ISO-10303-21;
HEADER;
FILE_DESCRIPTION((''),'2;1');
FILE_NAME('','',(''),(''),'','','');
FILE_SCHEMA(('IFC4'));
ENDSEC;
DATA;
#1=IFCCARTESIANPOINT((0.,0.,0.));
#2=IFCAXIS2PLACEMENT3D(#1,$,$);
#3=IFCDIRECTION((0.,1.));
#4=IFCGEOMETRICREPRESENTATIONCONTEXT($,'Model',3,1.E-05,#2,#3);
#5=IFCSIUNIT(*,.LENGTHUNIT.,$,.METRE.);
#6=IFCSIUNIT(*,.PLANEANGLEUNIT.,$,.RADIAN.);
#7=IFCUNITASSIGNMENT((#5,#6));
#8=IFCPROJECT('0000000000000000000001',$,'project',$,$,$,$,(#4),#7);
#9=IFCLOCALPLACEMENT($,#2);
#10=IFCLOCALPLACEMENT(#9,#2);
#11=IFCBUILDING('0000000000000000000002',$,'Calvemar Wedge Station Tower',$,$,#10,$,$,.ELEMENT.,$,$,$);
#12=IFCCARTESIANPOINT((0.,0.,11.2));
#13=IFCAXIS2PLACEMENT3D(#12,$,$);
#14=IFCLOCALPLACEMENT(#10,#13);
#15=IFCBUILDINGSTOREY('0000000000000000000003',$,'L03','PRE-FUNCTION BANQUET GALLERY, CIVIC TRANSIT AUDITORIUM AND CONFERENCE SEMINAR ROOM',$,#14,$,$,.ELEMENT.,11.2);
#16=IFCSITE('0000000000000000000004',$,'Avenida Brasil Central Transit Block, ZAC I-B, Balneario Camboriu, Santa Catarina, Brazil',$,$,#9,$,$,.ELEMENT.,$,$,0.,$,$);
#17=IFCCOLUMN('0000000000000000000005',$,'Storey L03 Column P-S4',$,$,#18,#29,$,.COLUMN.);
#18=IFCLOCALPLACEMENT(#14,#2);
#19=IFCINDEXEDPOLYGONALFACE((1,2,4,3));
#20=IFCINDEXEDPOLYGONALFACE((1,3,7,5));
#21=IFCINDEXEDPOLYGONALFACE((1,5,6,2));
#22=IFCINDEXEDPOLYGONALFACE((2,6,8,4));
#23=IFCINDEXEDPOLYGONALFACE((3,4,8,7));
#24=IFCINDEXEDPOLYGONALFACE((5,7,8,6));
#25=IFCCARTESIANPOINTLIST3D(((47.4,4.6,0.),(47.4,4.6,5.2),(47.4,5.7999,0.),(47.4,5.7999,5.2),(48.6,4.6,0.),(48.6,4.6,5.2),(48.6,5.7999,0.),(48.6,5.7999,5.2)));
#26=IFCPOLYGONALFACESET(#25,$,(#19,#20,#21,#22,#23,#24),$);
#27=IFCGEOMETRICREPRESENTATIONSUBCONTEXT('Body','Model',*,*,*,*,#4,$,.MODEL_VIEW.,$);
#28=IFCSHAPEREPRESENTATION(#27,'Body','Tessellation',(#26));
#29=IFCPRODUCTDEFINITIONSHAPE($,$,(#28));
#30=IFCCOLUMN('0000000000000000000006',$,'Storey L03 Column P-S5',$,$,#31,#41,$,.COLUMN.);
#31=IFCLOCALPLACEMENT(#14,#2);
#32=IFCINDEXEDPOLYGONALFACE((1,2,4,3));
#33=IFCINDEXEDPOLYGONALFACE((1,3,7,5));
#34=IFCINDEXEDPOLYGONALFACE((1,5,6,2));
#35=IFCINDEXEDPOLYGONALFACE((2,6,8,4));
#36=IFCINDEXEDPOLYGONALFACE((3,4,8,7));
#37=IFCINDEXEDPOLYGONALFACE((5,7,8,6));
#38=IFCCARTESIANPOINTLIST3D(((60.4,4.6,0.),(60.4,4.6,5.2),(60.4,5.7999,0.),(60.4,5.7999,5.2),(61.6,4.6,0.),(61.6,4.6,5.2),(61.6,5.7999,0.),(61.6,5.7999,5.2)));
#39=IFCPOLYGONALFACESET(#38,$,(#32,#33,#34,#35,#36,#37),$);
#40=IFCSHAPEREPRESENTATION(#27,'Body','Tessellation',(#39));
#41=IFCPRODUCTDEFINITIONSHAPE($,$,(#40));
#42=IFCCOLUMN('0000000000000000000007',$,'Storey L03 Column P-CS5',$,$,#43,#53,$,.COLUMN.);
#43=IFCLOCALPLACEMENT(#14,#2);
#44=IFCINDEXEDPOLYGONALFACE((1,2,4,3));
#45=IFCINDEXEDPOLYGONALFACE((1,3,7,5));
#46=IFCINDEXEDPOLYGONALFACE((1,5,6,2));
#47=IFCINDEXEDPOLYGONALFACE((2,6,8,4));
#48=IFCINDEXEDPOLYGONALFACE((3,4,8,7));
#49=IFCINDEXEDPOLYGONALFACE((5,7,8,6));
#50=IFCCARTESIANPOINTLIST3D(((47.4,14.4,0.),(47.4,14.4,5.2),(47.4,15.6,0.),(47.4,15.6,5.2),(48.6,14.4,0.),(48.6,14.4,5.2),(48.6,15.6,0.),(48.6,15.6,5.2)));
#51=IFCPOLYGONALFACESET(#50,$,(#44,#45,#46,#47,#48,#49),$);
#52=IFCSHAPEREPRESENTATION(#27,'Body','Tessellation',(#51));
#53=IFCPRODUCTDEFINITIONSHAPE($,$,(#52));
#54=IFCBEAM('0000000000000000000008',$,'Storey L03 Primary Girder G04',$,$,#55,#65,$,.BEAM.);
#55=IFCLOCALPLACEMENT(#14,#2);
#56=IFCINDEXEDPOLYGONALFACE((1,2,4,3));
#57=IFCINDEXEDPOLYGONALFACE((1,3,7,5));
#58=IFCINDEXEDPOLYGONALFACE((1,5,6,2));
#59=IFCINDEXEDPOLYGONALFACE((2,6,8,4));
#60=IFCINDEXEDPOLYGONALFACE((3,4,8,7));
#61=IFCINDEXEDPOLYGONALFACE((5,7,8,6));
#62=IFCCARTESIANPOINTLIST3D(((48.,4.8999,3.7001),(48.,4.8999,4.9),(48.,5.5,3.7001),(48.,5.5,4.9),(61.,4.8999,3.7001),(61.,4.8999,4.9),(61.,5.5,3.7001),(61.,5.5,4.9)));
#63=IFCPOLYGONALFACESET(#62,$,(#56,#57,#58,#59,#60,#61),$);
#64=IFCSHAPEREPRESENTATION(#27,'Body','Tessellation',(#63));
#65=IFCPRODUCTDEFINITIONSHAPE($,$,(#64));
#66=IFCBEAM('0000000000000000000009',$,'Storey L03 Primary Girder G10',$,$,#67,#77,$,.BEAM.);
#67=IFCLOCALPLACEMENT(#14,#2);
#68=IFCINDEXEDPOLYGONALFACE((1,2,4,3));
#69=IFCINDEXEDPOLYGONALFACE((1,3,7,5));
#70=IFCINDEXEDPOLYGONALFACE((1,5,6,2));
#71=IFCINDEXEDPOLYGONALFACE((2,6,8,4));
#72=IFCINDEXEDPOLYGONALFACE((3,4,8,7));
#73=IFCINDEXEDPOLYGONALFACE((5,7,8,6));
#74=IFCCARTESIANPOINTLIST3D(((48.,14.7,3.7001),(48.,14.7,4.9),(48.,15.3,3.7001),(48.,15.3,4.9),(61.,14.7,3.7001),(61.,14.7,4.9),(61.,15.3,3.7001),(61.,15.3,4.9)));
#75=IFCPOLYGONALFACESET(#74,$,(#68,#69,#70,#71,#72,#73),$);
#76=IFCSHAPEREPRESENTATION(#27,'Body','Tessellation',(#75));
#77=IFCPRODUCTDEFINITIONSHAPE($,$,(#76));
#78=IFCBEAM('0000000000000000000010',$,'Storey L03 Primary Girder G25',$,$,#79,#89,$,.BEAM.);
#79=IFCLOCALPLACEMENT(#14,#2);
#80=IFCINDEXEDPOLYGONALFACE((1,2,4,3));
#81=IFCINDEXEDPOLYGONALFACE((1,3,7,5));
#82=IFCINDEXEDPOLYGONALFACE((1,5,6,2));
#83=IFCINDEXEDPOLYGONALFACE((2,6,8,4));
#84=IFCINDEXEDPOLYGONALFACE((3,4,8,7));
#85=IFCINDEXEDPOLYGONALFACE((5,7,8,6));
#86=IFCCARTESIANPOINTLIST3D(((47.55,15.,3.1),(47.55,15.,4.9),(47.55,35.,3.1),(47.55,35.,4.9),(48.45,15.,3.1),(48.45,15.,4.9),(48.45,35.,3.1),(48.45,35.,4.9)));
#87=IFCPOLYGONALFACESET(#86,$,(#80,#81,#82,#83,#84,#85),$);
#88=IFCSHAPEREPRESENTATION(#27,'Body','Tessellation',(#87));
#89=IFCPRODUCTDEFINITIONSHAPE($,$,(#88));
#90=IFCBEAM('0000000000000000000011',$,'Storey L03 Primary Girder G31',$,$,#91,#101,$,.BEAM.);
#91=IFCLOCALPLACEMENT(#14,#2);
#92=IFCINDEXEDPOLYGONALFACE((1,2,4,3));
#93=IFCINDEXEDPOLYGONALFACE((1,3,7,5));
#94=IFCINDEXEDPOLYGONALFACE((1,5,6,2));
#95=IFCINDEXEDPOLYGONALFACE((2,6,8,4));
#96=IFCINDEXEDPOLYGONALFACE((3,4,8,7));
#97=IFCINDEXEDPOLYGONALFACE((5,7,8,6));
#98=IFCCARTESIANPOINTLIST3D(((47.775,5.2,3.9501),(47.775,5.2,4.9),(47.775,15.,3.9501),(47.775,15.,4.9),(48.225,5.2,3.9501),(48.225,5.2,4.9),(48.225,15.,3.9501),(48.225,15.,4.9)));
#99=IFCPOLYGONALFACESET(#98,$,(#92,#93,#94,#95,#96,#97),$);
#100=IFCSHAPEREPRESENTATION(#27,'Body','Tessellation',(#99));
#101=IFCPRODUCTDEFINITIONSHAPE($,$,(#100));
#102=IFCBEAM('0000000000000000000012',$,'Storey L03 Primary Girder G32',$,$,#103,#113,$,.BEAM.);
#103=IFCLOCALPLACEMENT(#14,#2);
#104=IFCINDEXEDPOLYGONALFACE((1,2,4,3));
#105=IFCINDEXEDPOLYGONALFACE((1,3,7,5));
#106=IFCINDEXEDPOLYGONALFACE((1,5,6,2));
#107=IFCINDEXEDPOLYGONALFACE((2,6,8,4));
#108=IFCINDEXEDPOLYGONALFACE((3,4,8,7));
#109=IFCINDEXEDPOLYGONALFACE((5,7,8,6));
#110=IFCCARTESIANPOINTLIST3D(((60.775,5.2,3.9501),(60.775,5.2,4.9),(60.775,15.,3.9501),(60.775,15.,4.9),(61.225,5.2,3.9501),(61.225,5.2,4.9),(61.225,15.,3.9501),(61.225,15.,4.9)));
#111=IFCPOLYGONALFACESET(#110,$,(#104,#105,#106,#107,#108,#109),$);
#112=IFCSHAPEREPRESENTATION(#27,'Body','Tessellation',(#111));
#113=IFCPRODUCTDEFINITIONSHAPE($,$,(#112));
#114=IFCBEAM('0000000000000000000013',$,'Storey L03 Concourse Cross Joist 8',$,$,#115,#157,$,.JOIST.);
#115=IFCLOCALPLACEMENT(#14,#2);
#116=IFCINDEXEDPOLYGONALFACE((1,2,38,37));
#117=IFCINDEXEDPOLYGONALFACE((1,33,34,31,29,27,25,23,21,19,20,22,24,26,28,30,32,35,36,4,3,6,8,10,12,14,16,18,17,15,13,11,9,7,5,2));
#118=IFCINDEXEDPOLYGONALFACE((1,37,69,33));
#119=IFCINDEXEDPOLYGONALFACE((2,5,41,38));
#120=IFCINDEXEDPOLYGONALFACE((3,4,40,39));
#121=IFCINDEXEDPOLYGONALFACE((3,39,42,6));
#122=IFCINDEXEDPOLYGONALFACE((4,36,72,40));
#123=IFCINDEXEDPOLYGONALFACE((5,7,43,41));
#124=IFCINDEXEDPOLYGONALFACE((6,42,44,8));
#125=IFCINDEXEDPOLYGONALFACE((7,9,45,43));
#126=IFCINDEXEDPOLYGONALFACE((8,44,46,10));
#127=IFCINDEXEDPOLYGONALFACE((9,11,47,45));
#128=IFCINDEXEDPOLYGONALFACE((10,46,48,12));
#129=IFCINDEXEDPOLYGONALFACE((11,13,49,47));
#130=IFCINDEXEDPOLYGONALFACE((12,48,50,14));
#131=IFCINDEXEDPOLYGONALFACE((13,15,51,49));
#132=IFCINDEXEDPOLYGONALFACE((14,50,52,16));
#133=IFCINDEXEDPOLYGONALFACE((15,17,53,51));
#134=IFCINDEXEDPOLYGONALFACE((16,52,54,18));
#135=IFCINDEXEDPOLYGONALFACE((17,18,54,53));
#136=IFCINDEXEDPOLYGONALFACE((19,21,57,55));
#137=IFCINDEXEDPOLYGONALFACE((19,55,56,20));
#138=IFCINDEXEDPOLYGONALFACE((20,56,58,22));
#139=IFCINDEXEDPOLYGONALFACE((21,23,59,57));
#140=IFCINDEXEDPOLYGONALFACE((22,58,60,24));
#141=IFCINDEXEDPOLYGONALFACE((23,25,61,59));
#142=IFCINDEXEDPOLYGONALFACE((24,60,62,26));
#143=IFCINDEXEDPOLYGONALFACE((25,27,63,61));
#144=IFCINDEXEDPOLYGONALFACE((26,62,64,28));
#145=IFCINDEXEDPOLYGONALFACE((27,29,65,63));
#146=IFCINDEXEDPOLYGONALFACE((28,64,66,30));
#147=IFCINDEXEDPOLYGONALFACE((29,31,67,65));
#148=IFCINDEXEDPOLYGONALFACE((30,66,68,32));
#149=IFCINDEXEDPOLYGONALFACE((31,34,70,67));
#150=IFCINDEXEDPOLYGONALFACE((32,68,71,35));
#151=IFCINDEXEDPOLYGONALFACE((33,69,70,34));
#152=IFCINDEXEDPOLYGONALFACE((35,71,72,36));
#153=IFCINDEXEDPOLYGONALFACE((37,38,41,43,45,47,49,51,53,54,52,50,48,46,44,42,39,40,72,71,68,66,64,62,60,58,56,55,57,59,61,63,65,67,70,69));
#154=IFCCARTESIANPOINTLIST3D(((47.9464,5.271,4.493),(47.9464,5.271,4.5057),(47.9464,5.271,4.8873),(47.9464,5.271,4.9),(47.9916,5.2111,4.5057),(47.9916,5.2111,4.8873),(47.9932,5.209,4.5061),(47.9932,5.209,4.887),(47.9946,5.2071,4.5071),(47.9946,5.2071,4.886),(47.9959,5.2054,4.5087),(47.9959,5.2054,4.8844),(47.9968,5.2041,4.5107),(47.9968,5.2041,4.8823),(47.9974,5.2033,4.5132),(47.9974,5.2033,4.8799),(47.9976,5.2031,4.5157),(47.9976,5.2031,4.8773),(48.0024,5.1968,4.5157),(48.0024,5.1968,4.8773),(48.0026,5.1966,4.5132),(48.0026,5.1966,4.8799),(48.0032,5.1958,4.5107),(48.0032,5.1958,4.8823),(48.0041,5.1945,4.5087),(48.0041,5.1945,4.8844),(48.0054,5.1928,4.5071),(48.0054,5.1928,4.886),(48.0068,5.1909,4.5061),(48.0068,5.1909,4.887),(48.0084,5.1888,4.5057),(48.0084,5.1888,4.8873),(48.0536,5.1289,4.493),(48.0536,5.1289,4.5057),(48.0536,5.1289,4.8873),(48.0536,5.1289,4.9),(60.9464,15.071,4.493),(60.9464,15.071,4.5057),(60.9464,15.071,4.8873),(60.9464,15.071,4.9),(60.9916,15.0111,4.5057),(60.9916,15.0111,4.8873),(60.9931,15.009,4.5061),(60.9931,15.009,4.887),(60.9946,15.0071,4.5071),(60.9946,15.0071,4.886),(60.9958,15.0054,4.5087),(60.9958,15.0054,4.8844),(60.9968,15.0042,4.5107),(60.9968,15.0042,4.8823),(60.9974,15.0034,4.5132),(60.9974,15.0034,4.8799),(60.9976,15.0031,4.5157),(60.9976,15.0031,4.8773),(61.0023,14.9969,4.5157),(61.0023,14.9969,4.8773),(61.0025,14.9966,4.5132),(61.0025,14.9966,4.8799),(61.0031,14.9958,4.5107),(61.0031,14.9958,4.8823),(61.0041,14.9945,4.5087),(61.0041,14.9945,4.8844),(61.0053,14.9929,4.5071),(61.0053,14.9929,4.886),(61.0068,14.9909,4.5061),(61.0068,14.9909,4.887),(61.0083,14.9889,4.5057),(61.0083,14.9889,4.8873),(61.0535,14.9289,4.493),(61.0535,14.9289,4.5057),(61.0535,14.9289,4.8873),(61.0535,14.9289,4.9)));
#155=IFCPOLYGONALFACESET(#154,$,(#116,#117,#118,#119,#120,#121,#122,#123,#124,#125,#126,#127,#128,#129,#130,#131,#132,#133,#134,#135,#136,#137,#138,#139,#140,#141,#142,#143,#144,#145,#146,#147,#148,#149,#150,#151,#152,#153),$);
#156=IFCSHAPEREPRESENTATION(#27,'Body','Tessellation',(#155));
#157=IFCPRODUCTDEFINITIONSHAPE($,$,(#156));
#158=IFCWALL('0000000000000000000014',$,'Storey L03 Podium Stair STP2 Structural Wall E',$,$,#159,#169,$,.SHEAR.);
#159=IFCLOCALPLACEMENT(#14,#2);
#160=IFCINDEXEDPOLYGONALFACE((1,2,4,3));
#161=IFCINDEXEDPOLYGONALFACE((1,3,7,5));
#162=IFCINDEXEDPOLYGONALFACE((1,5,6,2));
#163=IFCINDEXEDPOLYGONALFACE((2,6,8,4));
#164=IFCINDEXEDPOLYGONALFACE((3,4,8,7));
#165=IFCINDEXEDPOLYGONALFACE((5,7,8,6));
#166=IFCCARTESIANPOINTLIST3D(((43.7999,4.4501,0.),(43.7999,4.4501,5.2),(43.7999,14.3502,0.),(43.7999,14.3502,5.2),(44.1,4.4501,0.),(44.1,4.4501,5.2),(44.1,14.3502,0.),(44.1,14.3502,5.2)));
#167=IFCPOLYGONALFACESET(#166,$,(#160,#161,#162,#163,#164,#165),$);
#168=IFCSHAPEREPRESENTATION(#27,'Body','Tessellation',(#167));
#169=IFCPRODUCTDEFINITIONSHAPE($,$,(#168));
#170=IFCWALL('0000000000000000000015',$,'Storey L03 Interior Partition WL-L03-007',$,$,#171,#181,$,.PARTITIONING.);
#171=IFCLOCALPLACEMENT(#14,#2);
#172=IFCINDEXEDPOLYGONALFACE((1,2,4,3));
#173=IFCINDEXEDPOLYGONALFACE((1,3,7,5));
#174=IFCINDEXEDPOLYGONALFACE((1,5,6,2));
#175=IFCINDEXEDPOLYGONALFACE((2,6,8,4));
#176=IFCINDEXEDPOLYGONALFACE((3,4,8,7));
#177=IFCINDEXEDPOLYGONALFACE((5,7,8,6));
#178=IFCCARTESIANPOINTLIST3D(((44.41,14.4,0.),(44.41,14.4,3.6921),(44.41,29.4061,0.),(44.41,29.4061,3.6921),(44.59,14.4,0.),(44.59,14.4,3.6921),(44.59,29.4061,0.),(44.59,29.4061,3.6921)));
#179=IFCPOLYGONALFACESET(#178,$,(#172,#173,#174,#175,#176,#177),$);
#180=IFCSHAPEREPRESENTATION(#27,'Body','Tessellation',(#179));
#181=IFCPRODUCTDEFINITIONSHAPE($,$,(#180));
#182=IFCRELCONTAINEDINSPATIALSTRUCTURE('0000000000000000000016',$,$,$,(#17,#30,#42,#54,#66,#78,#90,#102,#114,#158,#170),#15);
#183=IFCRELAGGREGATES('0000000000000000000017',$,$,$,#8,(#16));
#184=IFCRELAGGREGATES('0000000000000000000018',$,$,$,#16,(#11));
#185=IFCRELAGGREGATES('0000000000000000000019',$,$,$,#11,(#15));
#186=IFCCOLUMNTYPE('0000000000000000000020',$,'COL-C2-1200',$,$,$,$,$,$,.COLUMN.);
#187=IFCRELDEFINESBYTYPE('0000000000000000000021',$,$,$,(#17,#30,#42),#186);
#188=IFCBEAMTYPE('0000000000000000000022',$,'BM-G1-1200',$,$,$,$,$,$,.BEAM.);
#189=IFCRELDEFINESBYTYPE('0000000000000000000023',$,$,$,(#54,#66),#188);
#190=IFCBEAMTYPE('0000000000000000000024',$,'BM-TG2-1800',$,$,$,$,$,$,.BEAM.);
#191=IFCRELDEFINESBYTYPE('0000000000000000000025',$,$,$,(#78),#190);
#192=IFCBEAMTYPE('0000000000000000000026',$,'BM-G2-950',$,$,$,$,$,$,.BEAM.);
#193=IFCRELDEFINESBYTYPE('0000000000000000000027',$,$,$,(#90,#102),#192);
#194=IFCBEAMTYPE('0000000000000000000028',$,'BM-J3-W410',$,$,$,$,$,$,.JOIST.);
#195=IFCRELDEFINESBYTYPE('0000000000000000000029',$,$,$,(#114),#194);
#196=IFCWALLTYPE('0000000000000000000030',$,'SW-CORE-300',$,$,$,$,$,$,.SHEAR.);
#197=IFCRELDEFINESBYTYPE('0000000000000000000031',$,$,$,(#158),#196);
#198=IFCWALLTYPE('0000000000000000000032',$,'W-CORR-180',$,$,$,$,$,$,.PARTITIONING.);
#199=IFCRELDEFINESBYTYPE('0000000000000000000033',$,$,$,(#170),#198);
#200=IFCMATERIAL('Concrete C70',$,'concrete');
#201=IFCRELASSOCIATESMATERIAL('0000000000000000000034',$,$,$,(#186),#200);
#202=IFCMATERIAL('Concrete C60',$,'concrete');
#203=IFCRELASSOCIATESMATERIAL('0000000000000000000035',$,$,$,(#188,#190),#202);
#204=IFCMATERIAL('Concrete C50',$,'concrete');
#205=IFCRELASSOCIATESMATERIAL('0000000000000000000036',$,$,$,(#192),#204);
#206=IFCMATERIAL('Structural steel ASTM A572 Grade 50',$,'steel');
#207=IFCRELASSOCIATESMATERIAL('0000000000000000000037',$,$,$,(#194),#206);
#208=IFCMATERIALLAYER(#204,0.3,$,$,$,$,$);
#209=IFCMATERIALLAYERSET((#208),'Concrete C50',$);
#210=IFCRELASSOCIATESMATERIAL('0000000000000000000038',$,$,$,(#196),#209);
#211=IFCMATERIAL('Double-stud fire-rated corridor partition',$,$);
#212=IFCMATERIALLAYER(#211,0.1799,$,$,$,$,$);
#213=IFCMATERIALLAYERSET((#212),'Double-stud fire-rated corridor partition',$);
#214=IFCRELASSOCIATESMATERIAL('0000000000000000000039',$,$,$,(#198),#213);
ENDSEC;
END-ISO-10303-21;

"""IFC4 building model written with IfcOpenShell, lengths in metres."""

from ifc_helpers import new_model, si_unit, direction, frame, frame_2d, origin, origin_2d, place, context, subcontext, project, spatial, rectangle, i_section, extrude, source, transform, mapped, material, layer, layer_set, material_profile, profile_set, type_object, element, save


model = new_model("IFC4")

# Units and contexts
model_context = context("Model", 3, precision=1e-05, world=origin(), true_north=direction((0.0, 1.0)))
body_context = subcontext(model_context, "Body", "Model", "MODEL_VIEW")
ifc_project = project(units=[si_unit("LENGTHUNIT", "METRE"), si_unit("PLANEANGLEUNIT", "RADIAN")], contexts=[model_context])

# Site, building, storey
site_placement = place(None, origin())
site = spatial("IfcSite", under=ifc_project, at=site_placement, Name="Avenida Brasil Central Transit Block, ZAC I-B, Balneario Camboriu, Santa Catarina, Brazil", CompositionType="ELEMENT", RefElevation=0.0)
building_placement = place(site_placement, origin())
building = spatial("IfcBuilding", under=site, at=building_placement, Name="Calvemar Wedge Station Tower", CompositionType="ELEMENT")
storey_placement = place(building_placement, frame((0.0, 0.0, 11.2)))
storey = spatial("IfcBuildingStorey", under=building, at=storey_placement, Name="L03", Description="PRE-FUNCTION BANQUET GALLERY, CIVIC TRANSIT AUDITORIUM AND CONFERENCE SEMINAR ROOM", CompositionType="ELEMENT", Elevation=11.2)

# Columns
ifc_material_1 = material(Name="Concrete C70", Category="concrete")
ifc_material_profile_1 = material_profile(ifc_material_1, rectangle(XDim=1.2, YDim=1.2, at=origin_2d()), Name="RC1200x1200")
ifc_profile_set_1 = profile_set([ifc_material_profile_1], Name="Concrete C70")
column_type = type_object("IfcColumnType", Name="COL-C2-1200", PredefinedType="COLUMN", material=ifc_profile_set_1)
shared_shape_1 = source(origin(), body_context, "Body", "SweptSolid", [
    extrude(rectangle(XDim=1.2, YDim=1.2, at=origin_2d()), origin(), (0.0, 0.0, 1.0), 5.2),
])
for number, where, z_axis, x_axis, name in (
    (1, (48.0, 5.2, 0.0), (0.0, 0.0, 1.0), (1.0, 0.0, 0.0), "Storey L03 Column P-S4"),
    (2, (61.0, 5.2, 0.0), (0.0, 0.0, 1.0), (1.0, 0.0, 0.0), "Storey L03 Column P-S5"),
    (3, (48.0, 15.0, 0.0), (0.0, 0.0, 1.0), (1.0, 0.0, 0.0), "Storey L03 Column P-CS5"),
):
    element("IfcColumn", number, at=place(storey_placement, frame(where, z_axis=z_axis, x_axis=x_axis)), inside=storey, type_object=column_type, Name=name, PredefinedType="COLUMN", context=body_context, shape_type="MappedRepresentation", body=[
        mapped(shared_shape_1, transform((0.0, 0.0, 0.0), scale=1.0)),
    ])

# Beams
ifc_material_2 = material(Name="Concrete C60", Category="concrete")
ifc_material_profile_2 = material_profile(ifc_material_2, rectangle(XDim=0.6001, YDim=1.2, at=origin_2d()), Name="RC600x1200")
ifc_profile_set_2 = profile_set([ifc_material_profile_2], Name="Concrete C60")
beam_type_1 = type_object("IfcBeamType", Name="BM-G1-1200", PredefinedType="BEAM", material=ifc_profile_set_2)
shared_shape_2 = source(origin(), body_context, "Body", "SweptSolid", [
    extrude(rectangle(XDim=0.6001, YDim=1.2, at=origin_2d()), origin(), (0.0, 0.0, 1.0), 13.0),
])
for number, where, z_axis, x_axis, name in (
    (4, (48.0, 5.2, 4.3), (1.0, 0.0, 0.0), (0.0, 1.0, 0.0), "Storey L03 Primary Girder G04"),
    (5, (48.0, 15.0, 4.3), (1.0, 0.0, 0.0), (0.0, 1.0, 0.0), "Storey L03 Primary Girder G10"),
):
    element("IfcBeam", number, at=place(storey_placement, frame(where, z_axis=z_axis, x_axis=x_axis)), inside=storey, type_object=beam_type_1, Name=name, PredefinedType="BEAM", context=body_context, shape_type="MappedRepresentation", body=[
        mapped(shared_shape_2, transform((0.0, 0.0, 0.0), scale=1.0)),
    ])
ifc_material_profile_3 = material_profile(ifc_material_2, rectangle(XDim=0.8999, YDim=1.8, at=origin_2d()), Name="RC900x1800")
ifc_profile_set_3 = profile_set([ifc_material_profile_3], Name="Concrete C60")
beam_type_2 = type_object("IfcBeamType", Name="BM-TG2-1800", PredefinedType="BEAM", material=ifc_profile_set_3)
shared_shape_3 = source(origin(), body_context, "Body", "SweptSolid", [
    extrude(rectangle(XDim=0.8999, YDim=1.8, at=origin_2d()), origin(), (0.0, 0.0, 1.0), 20.0),
])
beam_1_placement = place(storey_placement, frame((48.0, 15.0, 4.0), z_axis=(0.0, 1.0, 0.0), x_axis=(-1.0, 0.0, 0.0)))
element("IfcBeam", 6, at=beam_1_placement, inside=storey, type_object=beam_type_2, Name="Storey L03 Primary Girder G25", PredefinedType="BEAM", context=body_context, shape_type="MappedRepresentation", body=[
    mapped(shared_shape_3, transform((0.0, 0.0, 0.0), scale=1.0)),
])
ifc_material_3 = material(Name="Concrete C50", Category="concrete")
ifc_material_profile_4 = material_profile(ifc_material_3, rectangle(XDim=0.45, YDim=0.95, at=origin_2d()), Name="RC450x950")
ifc_profile_set_4 = profile_set([ifc_material_profile_4], Name="Concrete C50")
beam_type_3 = type_object("IfcBeamType", Name="BM-G2-950", PredefinedType="BEAM", material=ifc_profile_set_4)
shared_shape_4 = source(origin(), body_context, "Body", "SweptSolid", [
    extrude(rectangle(XDim=0.45, YDim=0.95, at=origin_2d()), origin(), (0.0, 0.0, 1.0), 9.8),
])
for number, where, z_axis, x_axis, name in (
    (7, (48.0, 5.2, 4.425), (0.0, 1.0, 0.0), (-1.0, 0.0, 0.0), "Storey L03 Primary Girder G31"),
    (8, (61.0, 5.2, 4.425), (0.0, 1.0, 0.0), (-1.0, 0.0, 0.0), "Storey L03 Primary Girder G32"),
):
    element("IfcBeam", number, at=place(storey_placement, frame(where, z_axis=z_axis, x_axis=x_axis)), inside=storey, type_object=beam_type_3, Name=name, PredefinedType="BEAM", context=body_context, shape_type="MappedRepresentation", body=[
        mapped(shared_shape_4, transform((0.0, 0.0, 0.0), scale=1.0)),
    ])
ifc_material_4 = material(Name="Structural steel ASTM A572 Grade 50", Category="steel")
ifc_material_profile_5 = material_profile(ifc_material_4, i_section(OverallWidth=0.178, OverallDepth=0.407, WebThickness=0.0078, FlangeThickness=0.0127, FilletRadius=0.01, at=origin_2d()), Name="W410x60")
ifc_profile_set_5 = profile_set([ifc_material_profile_5], Name="Structural steel ASTM A572 Grade 50")
beam_type_4 = type_object("IfcBeamType", Name="BM-J3-W410", PredefinedType="JOIST", material=ifc_profile_set_5)
shared_shape_5 = source(origin(), body_context, "Body", "SweptSolid", [
    extrude(i_section(OverallWidth=0.178, OverallDepth=0.407, WebThickness=0.0078, FlangeThickness=0.0127, FilletRadius=0.01, at=origin_2d()), origin(), (0.0, 0.0, 1.0), 16.28),
])
beam_2_placement = place(storey_placement, frame((48.0, 5.2, 4.6965), z_axis=(0.798522, 0.601966, 0.0), x_axis=(-0.601966, 0.798522, 0.0)))
element("IfcBeam", 9, at=beam_2_placement, inside=storey, type_object=beam_type_4, Name="Storey L03 Concourse Cross Joist 8", PredefinedType="JOIST", context=body_context, shape_type="MappedRepresentation", body=[
    mapped(shared_shape_5, transform((0.0, 0.0, 0.0), scale=1.0)),
])

# Walls
ifc_layer_1 = layer(ifc_material_3, 0.3)
ifc_layer_set_1 = layer_set([ifc_layer_1], Name="Concrete C50")
wall_type_1 = type_object("IfcWallType", Name="SW-CORE-300", PredefinedType="SHEAR", material=ifc_layer_set_1)
wall_1_placement = place(storey_placement, frame((43.95, 4.45, 0.0), z_axis=(0.0, 0.0, 1.0), x_axis=(0.0, 1.0, 0.0)))
element("IfcWall", 10, at=wall_1_placement, inside=storey, type_object=wall_type_1, Name="Storey L03 Podium Stair STP2 Structural Wall E", PredefinedType="SHEAR", context=body_context, shape_type="SweptSolid", body=[
    extrude(rectangle(XDim=9.9001, YDim=0.3, at=frame_2d((4.9502, 0.0))), origin(), (0.0, 0.0, 1.0), 5.2),
])
ifc_material_5 = material(Name="Double-stud fire-rated corridor partition")
ifc_layer_2 = layer(ifc_material_5, 0.1799)
ifc_layer_set_2 = layer_set([ifc_layer_2], Name="Double-stud fire-rated corridor partition")
wall_type_2 = type_object("IfcWallType", Name="W-CORR-180", PredefinedType="PARTITIONING", material=ifc_layer_set_2)
wall_2_placement = place(storey_placement, frame((44.5, 29.406, 0.0), z_axis=(0.0, 0.0, 1.0), x_axis=(0.0, -1.0, 0.0)))
element("IfcWall", 11, at=wall_2_placement, inside=storey, type_object=wall_type_2, Name="Storey L03 Interior Partition WL-L03-007", PredefinedType="PARTITIONING", context=body_context, shape_type="SweptSolid", body=[
    extrude(rectangle(XDim=15.0061, YDim=0.1799, at=frame_2d((7.5029, 0.0))), origin(), (0.0, 0.0, 1.0), 3.6921),
])

save(model, "model.ifc")
